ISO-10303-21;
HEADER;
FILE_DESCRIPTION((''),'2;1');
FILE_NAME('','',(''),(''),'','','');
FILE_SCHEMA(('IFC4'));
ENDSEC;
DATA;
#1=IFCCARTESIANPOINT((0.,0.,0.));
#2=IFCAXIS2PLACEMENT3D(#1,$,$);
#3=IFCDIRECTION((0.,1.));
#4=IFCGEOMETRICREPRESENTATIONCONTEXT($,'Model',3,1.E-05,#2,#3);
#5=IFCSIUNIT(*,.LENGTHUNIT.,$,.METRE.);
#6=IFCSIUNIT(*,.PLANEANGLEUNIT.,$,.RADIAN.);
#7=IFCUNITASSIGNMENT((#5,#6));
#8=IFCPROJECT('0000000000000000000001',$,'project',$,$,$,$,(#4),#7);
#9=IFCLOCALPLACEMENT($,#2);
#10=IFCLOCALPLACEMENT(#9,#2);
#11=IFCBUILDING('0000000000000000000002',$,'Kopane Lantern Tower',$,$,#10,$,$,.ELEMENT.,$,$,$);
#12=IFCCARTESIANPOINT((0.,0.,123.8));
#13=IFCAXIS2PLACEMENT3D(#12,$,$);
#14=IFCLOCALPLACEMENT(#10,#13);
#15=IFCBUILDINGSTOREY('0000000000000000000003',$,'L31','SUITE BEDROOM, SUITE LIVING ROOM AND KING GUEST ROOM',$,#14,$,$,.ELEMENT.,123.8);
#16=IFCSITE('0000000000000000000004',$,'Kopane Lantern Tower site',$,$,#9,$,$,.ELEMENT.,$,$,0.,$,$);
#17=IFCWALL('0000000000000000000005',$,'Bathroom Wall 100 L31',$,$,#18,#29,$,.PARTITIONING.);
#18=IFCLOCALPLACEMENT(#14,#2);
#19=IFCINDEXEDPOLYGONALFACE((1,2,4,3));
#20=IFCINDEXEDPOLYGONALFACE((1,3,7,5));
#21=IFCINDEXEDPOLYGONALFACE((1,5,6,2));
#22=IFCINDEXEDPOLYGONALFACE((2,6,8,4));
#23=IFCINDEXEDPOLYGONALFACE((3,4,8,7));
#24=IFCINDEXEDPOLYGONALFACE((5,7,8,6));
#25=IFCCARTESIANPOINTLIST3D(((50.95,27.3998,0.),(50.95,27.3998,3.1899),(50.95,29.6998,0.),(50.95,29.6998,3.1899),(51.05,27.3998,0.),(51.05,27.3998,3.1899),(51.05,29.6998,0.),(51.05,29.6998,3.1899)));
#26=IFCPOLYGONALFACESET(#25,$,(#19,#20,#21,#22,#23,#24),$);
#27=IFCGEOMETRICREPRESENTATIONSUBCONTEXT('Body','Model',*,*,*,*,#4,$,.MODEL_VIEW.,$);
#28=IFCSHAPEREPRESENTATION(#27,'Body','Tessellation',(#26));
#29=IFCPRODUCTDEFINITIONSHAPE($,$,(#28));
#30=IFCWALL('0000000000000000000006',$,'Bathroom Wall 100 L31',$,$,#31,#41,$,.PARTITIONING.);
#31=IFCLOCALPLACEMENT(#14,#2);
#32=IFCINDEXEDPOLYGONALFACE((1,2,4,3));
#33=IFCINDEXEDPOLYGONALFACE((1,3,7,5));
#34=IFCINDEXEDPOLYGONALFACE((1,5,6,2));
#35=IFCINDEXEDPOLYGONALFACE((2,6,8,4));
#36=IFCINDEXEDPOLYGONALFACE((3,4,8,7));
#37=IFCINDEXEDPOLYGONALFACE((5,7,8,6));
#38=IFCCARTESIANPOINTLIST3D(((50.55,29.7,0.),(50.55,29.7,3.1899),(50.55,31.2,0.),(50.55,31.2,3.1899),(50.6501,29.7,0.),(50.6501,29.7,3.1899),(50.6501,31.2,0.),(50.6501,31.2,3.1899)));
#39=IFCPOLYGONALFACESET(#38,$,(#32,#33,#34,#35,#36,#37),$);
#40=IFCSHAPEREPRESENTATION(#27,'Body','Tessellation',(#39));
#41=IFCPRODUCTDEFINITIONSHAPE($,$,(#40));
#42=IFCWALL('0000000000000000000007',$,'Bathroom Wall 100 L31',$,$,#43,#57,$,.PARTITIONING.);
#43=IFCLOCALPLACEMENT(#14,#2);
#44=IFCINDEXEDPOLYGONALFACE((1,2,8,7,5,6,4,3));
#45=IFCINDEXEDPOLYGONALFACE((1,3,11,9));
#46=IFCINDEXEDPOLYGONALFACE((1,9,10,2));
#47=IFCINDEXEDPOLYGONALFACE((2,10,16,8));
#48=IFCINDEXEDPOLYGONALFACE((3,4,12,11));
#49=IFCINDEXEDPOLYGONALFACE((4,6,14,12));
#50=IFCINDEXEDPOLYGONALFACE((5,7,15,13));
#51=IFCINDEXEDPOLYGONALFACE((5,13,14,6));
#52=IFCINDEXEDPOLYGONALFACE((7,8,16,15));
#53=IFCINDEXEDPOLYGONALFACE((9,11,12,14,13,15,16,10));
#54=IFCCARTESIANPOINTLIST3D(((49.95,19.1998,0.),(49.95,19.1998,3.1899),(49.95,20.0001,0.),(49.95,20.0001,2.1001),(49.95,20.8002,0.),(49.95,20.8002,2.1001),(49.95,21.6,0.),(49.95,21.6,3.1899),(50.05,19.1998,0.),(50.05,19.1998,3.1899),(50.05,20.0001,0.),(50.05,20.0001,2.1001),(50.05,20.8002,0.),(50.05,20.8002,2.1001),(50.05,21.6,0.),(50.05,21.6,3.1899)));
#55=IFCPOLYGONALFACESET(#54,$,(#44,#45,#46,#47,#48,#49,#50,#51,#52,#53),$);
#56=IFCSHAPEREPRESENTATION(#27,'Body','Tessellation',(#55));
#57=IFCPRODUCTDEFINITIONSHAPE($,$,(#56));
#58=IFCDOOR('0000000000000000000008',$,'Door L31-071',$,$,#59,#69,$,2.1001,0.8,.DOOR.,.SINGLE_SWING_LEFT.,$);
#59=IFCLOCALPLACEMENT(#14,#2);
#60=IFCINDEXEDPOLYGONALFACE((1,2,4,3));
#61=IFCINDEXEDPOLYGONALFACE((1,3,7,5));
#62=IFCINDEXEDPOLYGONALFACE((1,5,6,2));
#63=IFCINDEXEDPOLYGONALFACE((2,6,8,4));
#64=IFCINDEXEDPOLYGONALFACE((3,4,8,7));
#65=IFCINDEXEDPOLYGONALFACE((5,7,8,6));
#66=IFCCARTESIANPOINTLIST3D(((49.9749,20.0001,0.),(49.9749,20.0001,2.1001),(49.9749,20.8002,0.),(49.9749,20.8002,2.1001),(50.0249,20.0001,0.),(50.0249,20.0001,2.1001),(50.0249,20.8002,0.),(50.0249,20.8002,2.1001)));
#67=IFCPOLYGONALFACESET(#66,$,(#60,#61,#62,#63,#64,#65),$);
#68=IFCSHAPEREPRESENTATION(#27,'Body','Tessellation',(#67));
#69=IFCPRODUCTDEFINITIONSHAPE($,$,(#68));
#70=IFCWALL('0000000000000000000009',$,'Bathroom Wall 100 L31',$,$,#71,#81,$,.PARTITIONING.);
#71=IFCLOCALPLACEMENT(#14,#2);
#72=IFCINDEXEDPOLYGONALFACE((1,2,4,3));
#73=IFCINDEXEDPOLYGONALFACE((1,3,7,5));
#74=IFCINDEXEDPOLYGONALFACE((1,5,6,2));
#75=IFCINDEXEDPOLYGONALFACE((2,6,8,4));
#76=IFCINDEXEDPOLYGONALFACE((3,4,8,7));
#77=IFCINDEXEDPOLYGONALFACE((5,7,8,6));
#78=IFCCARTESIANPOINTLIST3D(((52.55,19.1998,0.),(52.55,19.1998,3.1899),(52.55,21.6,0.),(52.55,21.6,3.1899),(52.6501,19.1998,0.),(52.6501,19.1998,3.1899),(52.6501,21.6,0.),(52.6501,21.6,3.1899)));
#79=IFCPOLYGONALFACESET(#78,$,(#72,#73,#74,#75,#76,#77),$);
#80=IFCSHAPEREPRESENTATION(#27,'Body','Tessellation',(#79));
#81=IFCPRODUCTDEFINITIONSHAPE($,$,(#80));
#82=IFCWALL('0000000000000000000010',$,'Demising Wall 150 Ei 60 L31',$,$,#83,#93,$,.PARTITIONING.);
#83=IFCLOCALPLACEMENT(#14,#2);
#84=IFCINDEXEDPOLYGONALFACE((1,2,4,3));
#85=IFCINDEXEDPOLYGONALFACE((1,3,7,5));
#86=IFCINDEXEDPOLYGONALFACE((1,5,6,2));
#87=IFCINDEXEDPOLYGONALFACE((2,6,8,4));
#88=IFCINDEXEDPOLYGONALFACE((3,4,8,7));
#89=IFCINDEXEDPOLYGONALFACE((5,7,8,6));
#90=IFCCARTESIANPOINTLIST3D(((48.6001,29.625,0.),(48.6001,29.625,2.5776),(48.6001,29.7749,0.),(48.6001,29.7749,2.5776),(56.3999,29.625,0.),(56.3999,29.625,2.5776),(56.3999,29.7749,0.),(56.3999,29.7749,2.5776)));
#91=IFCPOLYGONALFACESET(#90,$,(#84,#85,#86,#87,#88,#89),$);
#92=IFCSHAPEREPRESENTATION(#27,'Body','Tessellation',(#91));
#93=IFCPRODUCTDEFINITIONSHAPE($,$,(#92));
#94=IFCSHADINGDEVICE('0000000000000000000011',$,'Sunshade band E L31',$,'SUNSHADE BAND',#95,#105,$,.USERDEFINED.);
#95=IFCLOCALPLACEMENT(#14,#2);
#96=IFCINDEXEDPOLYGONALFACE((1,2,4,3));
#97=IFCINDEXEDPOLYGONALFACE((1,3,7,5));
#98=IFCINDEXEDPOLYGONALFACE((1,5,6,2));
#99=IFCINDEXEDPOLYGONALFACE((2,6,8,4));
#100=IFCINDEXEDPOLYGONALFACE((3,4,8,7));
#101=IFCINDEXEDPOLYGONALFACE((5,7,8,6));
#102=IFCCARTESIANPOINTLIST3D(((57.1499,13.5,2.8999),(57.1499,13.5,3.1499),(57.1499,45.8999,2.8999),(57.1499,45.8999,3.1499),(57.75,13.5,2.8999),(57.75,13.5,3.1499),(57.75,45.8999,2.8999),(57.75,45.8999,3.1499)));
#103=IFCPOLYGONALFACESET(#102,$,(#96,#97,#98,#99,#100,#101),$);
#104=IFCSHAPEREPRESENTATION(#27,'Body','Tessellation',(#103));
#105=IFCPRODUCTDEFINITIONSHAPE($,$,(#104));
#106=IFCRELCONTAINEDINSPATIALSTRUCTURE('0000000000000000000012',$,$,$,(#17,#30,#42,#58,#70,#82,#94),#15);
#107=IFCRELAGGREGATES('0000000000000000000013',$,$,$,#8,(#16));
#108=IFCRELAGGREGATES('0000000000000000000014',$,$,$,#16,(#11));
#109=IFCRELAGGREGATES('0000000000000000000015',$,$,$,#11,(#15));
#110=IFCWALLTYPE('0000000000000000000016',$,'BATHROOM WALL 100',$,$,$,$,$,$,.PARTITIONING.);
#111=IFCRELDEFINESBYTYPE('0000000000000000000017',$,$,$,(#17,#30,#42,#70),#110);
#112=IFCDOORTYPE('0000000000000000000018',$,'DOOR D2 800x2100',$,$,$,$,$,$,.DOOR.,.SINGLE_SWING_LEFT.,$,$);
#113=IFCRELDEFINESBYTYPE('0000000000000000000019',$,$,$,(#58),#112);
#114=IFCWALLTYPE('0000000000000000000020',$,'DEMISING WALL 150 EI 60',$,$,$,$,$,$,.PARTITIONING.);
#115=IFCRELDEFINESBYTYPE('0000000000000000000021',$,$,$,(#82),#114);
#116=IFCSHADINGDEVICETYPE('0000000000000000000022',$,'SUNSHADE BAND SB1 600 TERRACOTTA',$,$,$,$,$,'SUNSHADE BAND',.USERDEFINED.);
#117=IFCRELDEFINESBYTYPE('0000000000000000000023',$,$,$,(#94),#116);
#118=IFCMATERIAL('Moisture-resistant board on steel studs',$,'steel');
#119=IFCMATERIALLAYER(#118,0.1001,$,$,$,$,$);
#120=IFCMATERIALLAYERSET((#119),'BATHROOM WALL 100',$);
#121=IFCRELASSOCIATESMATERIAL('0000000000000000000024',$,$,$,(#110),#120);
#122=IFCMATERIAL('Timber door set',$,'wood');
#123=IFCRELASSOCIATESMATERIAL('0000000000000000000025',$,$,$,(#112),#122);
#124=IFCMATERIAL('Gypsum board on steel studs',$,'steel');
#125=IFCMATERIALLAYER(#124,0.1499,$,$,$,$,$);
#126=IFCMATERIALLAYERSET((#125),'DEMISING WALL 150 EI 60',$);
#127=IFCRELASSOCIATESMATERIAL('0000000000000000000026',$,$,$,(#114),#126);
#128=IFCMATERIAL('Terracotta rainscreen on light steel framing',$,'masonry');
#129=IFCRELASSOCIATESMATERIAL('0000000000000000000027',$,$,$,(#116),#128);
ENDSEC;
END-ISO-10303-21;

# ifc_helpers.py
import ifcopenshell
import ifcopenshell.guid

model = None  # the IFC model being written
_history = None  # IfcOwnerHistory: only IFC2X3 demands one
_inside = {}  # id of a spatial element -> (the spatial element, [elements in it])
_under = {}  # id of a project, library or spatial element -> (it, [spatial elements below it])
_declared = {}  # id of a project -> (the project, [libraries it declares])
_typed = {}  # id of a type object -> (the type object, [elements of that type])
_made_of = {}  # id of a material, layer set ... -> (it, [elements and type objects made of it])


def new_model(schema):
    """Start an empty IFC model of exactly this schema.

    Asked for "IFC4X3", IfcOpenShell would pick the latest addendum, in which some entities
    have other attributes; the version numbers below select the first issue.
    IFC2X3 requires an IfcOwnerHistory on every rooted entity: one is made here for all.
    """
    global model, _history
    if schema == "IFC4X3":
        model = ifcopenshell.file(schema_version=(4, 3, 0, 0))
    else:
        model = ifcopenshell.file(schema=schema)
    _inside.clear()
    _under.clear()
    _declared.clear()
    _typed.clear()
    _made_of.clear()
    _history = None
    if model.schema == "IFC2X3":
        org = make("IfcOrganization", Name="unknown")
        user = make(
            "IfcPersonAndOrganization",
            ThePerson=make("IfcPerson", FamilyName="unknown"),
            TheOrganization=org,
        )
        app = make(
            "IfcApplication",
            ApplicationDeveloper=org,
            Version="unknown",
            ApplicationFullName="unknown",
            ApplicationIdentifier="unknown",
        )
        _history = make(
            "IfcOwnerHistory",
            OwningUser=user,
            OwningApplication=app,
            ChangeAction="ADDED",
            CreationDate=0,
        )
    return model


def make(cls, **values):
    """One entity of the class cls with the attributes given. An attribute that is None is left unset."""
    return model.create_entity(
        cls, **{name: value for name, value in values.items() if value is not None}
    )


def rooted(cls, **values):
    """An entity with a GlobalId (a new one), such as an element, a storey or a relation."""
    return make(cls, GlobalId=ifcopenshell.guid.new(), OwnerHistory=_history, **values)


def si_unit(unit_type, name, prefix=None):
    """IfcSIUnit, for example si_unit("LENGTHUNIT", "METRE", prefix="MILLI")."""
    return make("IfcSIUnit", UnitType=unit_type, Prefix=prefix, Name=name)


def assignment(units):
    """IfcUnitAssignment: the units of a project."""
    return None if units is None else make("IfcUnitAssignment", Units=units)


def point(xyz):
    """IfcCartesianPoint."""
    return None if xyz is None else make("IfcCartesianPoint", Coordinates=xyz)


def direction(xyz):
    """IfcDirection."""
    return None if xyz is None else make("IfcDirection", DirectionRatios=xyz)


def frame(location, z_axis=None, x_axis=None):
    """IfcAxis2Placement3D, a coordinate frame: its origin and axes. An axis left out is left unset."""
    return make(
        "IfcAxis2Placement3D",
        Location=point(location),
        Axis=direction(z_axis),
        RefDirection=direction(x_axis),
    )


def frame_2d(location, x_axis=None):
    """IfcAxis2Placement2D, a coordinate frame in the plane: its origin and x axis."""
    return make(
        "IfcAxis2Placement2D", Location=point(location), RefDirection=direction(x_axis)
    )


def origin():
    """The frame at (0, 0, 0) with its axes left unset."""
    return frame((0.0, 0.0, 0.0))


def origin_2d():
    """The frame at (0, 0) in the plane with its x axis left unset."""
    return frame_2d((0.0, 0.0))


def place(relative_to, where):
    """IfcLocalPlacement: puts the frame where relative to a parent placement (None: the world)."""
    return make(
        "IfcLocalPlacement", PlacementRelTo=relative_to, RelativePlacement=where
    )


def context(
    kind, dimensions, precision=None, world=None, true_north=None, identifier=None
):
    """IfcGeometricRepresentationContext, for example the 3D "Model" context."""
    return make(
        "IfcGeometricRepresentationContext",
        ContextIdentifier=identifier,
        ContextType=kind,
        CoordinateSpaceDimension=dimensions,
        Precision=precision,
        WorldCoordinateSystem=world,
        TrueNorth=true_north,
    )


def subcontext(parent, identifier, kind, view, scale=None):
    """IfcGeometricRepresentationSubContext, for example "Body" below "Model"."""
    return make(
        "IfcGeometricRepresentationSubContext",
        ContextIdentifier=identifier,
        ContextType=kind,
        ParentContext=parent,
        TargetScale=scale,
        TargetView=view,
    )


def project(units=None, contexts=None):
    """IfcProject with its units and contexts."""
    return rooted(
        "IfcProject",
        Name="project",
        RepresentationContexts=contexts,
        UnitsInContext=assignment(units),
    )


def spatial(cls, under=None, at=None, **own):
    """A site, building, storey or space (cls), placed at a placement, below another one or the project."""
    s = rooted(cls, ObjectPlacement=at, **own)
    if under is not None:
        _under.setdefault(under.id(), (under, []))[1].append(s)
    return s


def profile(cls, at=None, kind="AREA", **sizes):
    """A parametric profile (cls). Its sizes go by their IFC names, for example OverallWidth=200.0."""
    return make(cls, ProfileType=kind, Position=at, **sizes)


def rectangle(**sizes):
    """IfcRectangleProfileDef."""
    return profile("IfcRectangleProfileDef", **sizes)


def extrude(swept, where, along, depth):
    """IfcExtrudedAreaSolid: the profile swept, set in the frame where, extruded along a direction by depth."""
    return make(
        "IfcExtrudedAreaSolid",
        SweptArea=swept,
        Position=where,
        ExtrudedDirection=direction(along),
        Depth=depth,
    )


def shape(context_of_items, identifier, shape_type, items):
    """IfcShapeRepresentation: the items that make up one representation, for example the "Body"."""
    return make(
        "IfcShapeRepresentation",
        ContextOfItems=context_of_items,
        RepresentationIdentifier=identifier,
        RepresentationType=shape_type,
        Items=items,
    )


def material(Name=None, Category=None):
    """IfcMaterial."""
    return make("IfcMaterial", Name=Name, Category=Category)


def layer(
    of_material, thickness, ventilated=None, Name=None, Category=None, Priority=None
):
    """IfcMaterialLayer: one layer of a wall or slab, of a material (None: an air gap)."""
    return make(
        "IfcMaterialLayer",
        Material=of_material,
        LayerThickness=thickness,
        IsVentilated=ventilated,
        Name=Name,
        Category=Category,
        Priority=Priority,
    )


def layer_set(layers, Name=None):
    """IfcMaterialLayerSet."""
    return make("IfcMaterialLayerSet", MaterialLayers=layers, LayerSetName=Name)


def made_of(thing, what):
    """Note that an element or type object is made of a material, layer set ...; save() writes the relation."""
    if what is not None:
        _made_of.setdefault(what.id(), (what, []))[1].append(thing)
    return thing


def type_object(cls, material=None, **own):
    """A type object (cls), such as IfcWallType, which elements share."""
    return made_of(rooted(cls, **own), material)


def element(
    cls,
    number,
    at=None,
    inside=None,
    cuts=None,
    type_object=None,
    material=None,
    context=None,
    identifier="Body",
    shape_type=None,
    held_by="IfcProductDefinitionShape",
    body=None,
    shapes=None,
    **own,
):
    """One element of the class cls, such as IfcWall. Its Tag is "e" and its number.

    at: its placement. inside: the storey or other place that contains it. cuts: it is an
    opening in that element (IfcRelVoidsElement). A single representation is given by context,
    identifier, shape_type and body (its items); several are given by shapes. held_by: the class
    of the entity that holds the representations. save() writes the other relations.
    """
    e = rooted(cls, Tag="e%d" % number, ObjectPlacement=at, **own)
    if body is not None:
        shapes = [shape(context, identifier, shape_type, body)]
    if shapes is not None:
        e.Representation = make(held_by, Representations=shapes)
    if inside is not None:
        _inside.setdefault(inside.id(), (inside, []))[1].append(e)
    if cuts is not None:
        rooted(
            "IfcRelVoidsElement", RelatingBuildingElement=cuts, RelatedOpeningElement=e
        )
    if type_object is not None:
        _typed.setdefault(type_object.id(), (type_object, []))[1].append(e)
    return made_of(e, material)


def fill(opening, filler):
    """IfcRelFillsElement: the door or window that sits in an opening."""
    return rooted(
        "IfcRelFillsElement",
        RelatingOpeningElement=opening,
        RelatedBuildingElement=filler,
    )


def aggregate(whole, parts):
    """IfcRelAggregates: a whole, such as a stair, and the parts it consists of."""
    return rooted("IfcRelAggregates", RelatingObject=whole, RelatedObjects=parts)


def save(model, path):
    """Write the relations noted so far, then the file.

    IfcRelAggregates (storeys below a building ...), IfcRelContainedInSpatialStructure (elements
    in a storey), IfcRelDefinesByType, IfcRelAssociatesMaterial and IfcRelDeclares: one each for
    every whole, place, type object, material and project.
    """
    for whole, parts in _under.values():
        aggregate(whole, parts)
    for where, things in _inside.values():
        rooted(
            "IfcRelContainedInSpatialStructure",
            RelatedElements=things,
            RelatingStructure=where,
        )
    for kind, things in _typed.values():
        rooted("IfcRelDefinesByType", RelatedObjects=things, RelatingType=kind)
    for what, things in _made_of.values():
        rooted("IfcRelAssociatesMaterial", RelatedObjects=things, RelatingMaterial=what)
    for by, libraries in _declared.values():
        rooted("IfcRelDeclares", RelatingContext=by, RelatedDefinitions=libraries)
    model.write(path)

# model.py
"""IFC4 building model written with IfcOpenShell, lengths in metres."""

from ifc_helpers import new_model, si_unit, direction, frame, frame_2d, origin, origin_2d, place, context, subcontext, project, spatial, rectangle, extrude, material, layer, layer_set, type_object, element, fill, save


model = new_model("IFC4")

# Units and contexts
model_context = context("Model", 3, precision=1e-05, world=origin(), true_north=direction((0.0, 1.0)))
body_context = subcontext(model_context, "Body", "Model", "MODEL_VIEW")
ifc_project = project(units=[si_unit("LENGTHUNIT", "METRE"), si_unit("PLANEANGLEUNIT", "RADIAN")], contexts=[model_context])

# Site, building, storey
site_placement = place(None, origin())
site = spatial("IfcSite", under=ifc_project, at=site_placement, Name="Kopane Lantern Tower site", CompositionType="ELEMENT", RefElevation=0.0)
building_placement = place(site_placement, origin())
building = spatial("IfcBuilding", under=site, at=building_placement, Name="Kopane Lantern Tower", CompositionType="ELEMENT")
storey_placement = place(building_placement, frame((0.0, 0.0, 123.8)))
storey = spatial("IfcBuildingStorey", under=building, at=storey_placement, Name="L31", Description="SUITE BEDROOM, SUITE LIVING ROOM AND KING GUEST ROOM", CompositionType="ELEMENT", Elevation=123.8)

# Walls
ifc_material_1 = material(Name="Moisture-resistant board on steel studs", Category="steel")
ifc_layer_1 = layer(ifc_material_1, 0.1001)
ifc_layer_set_1 = layer_set([ifc_layer_1], Name="BATHROOM WALL 100")
wall_type_1 = type_object("IfcWallType", Name="BATHROOM WALL 100", PredefinedType="PARTITIONING", material=ifc_layer_set_1)
wall_1_placement = place(storey_placement, frame((51.0, 27.3999, 0.0), z_axis=(0.0, 0.0, 1.0), x_axis=(0.0, 1.0, 0.0)))
element("IfcWall", 1, at=wall_1_placement, inside=storey, type_object=wall_type_1, Name="Bathroom Wall 100 L31", PredefinedType="PARTITIONING", context=body_context, shape_type="SweptSolid", body=[
    extrude(rectangle(XDim=2.3, YDim=0.1001, at=frame_2d((1.1499, 0.0))), origin(), (0.0, 0.0, 1.0), 3.1899),
])
wall_2_placement = place(storey_placement, frame((50.6001, 29.7, 0.0), z_axis=(0.0, 0.0, 1.0), x_axis=(0.0, 1.0, 0.0)))
element("IfcWall", 2, at=wall_2_placement, inside=storey, type_object=wall_type_1, Name="Bathroom Wall 100 L31", PredefinedType="PARTITIONING", context=body_context, shape_type="SweptSolid", body=[
    extrude(rectangle(XDim=1.5, YDim=0.1001, at=frame_2d((0.75, 0.0))), origin(), (0.0, 0.0, 1.0), 3.1899),
])

# Wall, opening, door
wall_3_placement = place(storey_placement, frame((50.0, 21.6001, 0.0), z_axis=(0.0, 0.0, 1.0), x_axis=(0.0, -1.0, 0.0)))
wall_3 = element("IfcWall", 3, at=wall_3_placement, inside=storey, type_object=wall_type_1, Name="Bathroom Wall 100 L31", PredefinedType="PARTITIONING", context=body_context, shape_type="SweptSolid", body=[
    extrude(rectangle(XDim=2.4001, YDim=0.1001, at=frame_2d((1.2002, 0.0))), origin(), (0.0, 0.0, 1.0), 3.1899),
])
opening_placement = place(wall_3_placement, frame((0.8, 0.0, 0.0)))
opening = element("IfcOpeningElement", 4, at=opening_placement, cuts=wall_3, PredefinedType="OPENING", context=body_context, shape_type="SweptSolid", body=[
    extrude(rectangle(XDim=0.8, YDim=2.1001, at=frame_2d((0.3999, 1.05))), frame((0.0, 0.0601, 0.0), z_axis=(0.0, -1.0, 0.0), x_axis=(1.0, 0.0, 0.0)), (0.0, 0.0, 1.0), 0.1201),
])
ifc_material_2 = material(Name="Timber door set", Category="wood")
door_type = type_object("IfcDoorType", Name="DOOR D2 800x2100", OperationType="SINGLE_SWING_LEFT", PredefinedType="DOOR", material=ifc_material_2)
door_placement = place(opening_placement, origin())
door = element("IfcDoor", 5, at=door_placement, inside=storey, type_object=door_type, Name="Door L31-071", OperationType="SINGLE_SWING_LEFT", OverallHeight=2.1001, OverallWidth=0.8, PredefinedType="DOOR", context=body_context, shape_type="SweptSolid", body=[
    extrude(rectangle(XDim=0.8, YDim=2.1001, at=frame_2d((0.3999, 1.05))), frame((0.0, 0.0249, 0.0), z_axis=(0.0, -1.0, 0.0), x_axis=(1.0, 0.0, 0.0)), (0.0, 0.0, 1.0), 0.05),
])
fill(opening, door)

# Walls
wall_4_placement = place(storey_placement, frame((52.6001, 21.6001, 0.0), z_axis=(0.0, 0.0, 1.0), x_axis=(0.0, -1.0, 0.0)))
element("IfcWall", 6, at=wall_4_placement, inside=storey, type_object=wall_type_1, Name="Bathroom Wall 100 L31", PredefinedType="PARTITIONING", context=body_context, shape_type="SweptSolid", body=[
    extrude(rectangle(XDim=2.4001, YDim=0.1001, at=frame_2d((1.2002, 0.0))), origin(), (0.0, 0.0, 1.0), 3.1899),
])
ifc_material_3 = material(Name="Gypsum board on steel studs", Category="steel")
ifc_layer_2 = layer(ifc_material_3, 0.1499)
ifc_layer_set_2 = layer_set([ifc_layer_2], Name="DEMISING WALL 150 EI 60")
wall_type_2 = type_object("IfcWallType", Name="DEMISING WALL 150 EI 60", PredefinedType="PARTITIONING", material=ifc_layer_set_2)
wall_5_placement = place(storey_placement, frame((48.6001, 29.7, 0.0), z_axis=(0.0, 0.0, 1.0), x_axis=(1.0, 0.0, 0.0)))
element("IfcWall", 7, at=wall_5_placement, inside=storey, type_object=wall_type_2, Name="Demising Wall 150 Ei 60 L31", PredefinedType="PARTITIONING", context=body_context, shape_type="SweptSolid", body=[
    extrude(rectangle(XDim=7.7998, YDim=0.1499, at=frame_2d((3.8999, 0.0))), origin(), (0.0, 0.0, 1.0), 2.5776),
])

# Shading device
ifc_material_4 = material(Name="Terracotta rainscreen on light steel framing", Category="masonry")
shading_device_type = type_object("IfcShadingDeviceType", Name="SUNSHADE BAND SB1 600 TERRACOTTA", ElementType="SUNSHADE BAND", PredefinedType="USERDEFINED", material=ifc_material_4)
shading_device_placement = place(storey_placement, frame((57.45, 29.7, 2.8999), z_axis=(0.0, 0.0, 1.0), x_axis=(0.0, 1.0, 0.0)))
element("IfcShadingDevice", 8, at=shading_device_placement, inside=storey, type_object=shading_device_type, Name="Sunshade band E L31", ObjectType="SUNSHADE BAND", PredefinedType="USERDEFINED", context=body_context, shape_type="SweptSolid", body=[
    extrude(rectangle(XDim=32.3999, YDim=0.6001, at=origin_2d()), origin(), (0.0, 0.0, 1.0), 0.25),
])

save(model, "model.ifc")
